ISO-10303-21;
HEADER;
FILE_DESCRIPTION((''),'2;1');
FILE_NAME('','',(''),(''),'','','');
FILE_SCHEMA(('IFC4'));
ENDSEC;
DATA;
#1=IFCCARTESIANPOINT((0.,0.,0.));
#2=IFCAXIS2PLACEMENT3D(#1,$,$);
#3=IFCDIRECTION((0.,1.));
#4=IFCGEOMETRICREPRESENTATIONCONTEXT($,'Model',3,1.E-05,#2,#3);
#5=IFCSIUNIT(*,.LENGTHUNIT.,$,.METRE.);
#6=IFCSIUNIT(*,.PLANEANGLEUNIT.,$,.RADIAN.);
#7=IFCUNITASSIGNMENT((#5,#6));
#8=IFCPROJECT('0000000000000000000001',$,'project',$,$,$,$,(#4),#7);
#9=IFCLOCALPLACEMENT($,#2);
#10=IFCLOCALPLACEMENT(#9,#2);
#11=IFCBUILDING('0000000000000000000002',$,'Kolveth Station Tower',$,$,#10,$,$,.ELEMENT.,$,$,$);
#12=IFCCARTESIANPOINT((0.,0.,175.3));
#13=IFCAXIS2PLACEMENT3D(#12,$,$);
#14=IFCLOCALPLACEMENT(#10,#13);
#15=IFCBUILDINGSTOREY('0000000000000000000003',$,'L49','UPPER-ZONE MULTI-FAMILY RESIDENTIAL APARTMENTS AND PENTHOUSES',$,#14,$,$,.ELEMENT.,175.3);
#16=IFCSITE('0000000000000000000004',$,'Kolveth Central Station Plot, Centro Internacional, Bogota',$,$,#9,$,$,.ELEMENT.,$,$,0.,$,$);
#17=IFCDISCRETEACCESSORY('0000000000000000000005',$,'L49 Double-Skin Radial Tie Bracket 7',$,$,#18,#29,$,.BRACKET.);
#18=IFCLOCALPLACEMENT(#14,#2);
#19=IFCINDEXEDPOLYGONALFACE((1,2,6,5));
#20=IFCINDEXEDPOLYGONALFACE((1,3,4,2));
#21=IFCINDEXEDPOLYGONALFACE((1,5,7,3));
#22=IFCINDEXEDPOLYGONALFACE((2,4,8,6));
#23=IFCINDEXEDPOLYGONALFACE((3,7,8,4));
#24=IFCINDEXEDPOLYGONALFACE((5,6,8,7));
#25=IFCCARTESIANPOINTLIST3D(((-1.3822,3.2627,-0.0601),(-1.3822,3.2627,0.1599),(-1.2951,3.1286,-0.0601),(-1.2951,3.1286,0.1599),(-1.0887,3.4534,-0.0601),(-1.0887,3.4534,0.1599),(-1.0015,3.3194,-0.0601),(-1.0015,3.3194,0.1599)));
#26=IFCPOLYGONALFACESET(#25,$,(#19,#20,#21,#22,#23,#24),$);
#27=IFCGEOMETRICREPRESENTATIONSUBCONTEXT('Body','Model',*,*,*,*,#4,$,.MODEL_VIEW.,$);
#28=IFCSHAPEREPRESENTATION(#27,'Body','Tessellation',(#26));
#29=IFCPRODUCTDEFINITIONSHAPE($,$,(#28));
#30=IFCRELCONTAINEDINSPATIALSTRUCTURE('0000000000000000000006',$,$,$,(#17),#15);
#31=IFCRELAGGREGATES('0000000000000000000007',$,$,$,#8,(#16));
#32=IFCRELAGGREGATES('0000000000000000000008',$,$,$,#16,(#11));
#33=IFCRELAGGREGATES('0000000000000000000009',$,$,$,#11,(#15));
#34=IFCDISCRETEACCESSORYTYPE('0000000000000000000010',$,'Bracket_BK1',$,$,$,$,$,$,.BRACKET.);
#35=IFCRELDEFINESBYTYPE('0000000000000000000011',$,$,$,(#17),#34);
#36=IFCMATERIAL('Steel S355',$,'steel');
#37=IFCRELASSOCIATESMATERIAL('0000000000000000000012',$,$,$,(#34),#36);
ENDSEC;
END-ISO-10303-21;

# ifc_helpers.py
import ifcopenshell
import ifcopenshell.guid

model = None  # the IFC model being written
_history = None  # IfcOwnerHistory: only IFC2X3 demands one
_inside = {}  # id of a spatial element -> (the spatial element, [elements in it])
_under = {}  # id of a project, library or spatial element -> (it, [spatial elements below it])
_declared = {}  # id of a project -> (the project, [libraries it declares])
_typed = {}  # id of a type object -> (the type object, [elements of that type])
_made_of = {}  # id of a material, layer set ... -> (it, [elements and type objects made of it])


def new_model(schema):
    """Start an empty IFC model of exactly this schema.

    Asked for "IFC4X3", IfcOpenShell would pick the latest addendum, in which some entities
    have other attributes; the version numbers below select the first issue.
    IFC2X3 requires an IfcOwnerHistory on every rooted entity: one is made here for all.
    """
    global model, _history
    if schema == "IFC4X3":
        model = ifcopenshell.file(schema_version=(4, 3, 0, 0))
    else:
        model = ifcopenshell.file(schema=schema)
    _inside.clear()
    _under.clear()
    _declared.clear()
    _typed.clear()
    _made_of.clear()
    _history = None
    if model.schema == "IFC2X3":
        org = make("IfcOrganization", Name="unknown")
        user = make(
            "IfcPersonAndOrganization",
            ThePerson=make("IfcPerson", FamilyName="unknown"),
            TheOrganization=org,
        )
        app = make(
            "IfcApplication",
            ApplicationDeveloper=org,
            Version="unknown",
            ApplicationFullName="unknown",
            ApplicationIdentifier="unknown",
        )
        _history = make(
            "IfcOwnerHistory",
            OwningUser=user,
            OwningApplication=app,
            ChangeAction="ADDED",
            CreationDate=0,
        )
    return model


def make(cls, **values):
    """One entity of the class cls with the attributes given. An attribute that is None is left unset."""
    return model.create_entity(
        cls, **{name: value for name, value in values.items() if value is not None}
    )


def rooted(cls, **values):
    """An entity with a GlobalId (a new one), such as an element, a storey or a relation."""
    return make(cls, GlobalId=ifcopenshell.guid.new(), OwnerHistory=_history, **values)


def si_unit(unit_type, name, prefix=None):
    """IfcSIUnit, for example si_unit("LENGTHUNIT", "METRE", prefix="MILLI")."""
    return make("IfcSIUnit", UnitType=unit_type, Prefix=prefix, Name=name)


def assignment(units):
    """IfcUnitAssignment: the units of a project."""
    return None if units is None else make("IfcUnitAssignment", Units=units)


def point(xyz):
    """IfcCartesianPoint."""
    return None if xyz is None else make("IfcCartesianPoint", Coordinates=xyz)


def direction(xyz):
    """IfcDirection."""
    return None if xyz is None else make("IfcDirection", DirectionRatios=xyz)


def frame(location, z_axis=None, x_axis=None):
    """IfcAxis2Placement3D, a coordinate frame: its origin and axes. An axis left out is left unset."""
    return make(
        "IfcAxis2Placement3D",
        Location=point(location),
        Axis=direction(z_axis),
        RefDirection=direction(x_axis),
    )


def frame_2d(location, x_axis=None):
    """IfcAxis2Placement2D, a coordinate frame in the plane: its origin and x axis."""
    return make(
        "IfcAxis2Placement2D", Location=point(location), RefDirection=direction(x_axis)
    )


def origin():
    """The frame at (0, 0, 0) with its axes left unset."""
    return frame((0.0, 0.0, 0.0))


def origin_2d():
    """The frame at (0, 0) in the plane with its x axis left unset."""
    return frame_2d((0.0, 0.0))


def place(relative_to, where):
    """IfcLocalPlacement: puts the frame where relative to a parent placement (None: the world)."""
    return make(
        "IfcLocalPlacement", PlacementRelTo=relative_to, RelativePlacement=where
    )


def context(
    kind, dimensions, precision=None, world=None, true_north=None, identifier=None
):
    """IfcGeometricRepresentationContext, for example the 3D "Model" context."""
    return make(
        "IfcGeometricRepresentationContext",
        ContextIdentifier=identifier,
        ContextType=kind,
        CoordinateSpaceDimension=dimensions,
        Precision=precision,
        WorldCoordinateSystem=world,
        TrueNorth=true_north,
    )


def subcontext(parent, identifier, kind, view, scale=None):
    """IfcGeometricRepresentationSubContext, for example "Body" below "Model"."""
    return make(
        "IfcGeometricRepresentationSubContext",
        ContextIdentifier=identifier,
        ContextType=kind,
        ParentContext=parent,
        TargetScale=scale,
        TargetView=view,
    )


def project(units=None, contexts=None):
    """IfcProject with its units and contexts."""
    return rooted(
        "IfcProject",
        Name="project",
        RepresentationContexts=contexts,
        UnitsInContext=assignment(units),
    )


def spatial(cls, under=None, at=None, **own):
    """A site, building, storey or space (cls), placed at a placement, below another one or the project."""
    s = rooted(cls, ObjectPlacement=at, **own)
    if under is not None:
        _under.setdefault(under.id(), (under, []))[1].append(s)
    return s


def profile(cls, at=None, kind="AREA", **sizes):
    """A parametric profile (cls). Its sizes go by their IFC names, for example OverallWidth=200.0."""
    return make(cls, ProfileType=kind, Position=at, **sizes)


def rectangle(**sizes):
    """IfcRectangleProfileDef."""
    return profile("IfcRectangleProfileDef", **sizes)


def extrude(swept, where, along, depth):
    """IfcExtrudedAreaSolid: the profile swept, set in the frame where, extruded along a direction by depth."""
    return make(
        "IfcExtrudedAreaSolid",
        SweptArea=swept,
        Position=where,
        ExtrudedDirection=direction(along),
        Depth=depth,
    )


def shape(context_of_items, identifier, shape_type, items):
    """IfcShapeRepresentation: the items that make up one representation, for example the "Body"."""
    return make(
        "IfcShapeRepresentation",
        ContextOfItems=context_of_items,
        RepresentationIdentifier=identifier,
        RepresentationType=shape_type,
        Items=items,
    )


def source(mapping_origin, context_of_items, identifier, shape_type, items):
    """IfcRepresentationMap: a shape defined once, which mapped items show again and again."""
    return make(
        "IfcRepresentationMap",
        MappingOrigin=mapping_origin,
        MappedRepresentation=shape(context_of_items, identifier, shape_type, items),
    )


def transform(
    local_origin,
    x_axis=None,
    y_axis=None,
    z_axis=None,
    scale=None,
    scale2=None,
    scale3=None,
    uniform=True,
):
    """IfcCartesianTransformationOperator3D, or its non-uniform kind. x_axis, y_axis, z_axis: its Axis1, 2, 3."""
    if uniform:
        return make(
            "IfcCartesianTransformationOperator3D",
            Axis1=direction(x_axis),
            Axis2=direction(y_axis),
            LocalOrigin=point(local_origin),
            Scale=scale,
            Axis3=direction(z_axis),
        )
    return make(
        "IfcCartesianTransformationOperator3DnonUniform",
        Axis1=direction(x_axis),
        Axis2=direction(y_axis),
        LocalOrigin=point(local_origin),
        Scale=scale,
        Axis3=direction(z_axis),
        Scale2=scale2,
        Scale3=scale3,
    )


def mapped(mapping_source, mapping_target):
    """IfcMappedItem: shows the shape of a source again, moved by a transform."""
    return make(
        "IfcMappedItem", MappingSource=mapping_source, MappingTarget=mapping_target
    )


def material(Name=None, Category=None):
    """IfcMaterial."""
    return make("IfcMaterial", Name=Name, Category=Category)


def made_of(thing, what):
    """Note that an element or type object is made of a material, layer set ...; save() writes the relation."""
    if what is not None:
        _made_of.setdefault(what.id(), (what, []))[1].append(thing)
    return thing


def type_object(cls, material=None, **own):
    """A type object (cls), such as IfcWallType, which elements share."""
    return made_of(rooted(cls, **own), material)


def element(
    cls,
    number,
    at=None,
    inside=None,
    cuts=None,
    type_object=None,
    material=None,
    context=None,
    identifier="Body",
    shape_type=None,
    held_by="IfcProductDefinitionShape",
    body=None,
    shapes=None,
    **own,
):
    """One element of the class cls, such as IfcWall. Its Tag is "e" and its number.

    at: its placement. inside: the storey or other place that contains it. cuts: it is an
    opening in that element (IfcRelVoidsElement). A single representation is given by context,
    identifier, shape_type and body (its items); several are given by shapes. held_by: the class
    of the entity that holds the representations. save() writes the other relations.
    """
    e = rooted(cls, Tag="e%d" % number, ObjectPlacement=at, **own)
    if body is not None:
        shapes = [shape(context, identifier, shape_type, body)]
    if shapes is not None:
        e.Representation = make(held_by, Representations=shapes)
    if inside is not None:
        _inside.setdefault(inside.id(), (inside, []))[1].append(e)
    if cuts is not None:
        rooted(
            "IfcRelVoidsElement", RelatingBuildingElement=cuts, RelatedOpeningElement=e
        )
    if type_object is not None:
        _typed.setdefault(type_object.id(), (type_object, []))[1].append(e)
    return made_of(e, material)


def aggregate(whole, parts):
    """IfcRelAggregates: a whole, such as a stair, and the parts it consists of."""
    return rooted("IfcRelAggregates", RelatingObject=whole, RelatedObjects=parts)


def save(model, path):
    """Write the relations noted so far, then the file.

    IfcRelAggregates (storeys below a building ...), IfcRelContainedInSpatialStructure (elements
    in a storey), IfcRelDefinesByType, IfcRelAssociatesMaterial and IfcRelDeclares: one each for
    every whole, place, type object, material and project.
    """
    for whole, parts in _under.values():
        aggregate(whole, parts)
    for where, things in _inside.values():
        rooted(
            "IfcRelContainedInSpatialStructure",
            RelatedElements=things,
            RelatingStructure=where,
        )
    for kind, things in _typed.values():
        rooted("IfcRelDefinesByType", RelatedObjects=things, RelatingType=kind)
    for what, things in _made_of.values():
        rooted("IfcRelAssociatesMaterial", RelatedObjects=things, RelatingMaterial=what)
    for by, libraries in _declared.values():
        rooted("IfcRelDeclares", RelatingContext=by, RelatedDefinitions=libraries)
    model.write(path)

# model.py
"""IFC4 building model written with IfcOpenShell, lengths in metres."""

from ifc_helpers import new_model, si_unit, direction, frame, origin, origin_2d, place, context, subcontext, project, spatial, rectangle, extrude, source, transform, mapped, material, type_object, element, save


model = new_model("IFC4")

# Units and contexts
model_context = context("Model", 3, precision=1e-05, world=origin(), true_north=direction((0.0, 1.0)))
body_context = subcontext(model_context, "Body", "Model", "MODEL_VIEW")
ifc_project = project(units=[si_unit("LENGTHUNIT", "METRE"), si_unit("PLANEANGLEUNIT", "RADIAN")], contexts=[model_context])

# Site, building, storey
site_placement = place(None, origin())
site = spatial("IfcSite", under=ifc_project, at=site_placement, Name="Kolveth Central Station Plot, Centro Internacional, Bogota", CompositionType="ELEMENT", RefElevation=0.0)
building_placement = place(site_placement, origin())
building = spatial("IfcBuilding", under=site, at=building_placement, Name="Kolveth Station Tower", CompositionType="ELEMENT")
storey_placement = place(building_placement, frame((0.0, 0.0, 175.3)))
storey = spatial("IfcBuildingStorey", under=building, at=storey_placement, Name="L49", Description="UPPER-ZONE MULTI-FAMILY RESIDENTIAL APARTMENTS AND PENTHOUSES", CompositionType="ELEMENT", Elevation=175.3)

# Shared definitions
ifc_material_1 = material(Name="Steel S355", Category="steel")

# Discrete accessory
discrete_accessory_type = type_object("IfcDiscreteAccessoryType", Name="Bracket_BK1", PredefinedType="BRACKET", material=ifc_material_1)
shared_shape_1 = source(origin(), body_context, "Body", "SweptSolid", [
    extrude(rectangle(XDim=0.3501, YDim=0.1599, at=origin_2d()), origin(), (0.0, 0.0, 1.0), 0.22),
])
discrete_accessory_placement = place(storey_placement, frame((-1.1919, 3.291, -0.0601), z_axis=(0.0, 0.0, 1.0), x_axis=(-0.83848, -0.544932, 0.0)))
element("IfcDiscreteAccessory", 1, at=discrete_accessory_placement, inside=storey, type_object=discrete_accessory_type, Name="L49 Double-Skin Radial Tie Bracket 7", PredefinedType="BRACKET", context=body_context, shape_type="MappedRepresentation", body=[
    mapped(shared_shape_1, transform((0.0, 0.0, 0.0), x_axis=(1.0, 0.0, 0.0), y_axis=(0.0, 1.0, 0.0), z_axis=(0.0, 0.0, 1.0), scale=1.0)),
])

save(model, "model.ifc")
